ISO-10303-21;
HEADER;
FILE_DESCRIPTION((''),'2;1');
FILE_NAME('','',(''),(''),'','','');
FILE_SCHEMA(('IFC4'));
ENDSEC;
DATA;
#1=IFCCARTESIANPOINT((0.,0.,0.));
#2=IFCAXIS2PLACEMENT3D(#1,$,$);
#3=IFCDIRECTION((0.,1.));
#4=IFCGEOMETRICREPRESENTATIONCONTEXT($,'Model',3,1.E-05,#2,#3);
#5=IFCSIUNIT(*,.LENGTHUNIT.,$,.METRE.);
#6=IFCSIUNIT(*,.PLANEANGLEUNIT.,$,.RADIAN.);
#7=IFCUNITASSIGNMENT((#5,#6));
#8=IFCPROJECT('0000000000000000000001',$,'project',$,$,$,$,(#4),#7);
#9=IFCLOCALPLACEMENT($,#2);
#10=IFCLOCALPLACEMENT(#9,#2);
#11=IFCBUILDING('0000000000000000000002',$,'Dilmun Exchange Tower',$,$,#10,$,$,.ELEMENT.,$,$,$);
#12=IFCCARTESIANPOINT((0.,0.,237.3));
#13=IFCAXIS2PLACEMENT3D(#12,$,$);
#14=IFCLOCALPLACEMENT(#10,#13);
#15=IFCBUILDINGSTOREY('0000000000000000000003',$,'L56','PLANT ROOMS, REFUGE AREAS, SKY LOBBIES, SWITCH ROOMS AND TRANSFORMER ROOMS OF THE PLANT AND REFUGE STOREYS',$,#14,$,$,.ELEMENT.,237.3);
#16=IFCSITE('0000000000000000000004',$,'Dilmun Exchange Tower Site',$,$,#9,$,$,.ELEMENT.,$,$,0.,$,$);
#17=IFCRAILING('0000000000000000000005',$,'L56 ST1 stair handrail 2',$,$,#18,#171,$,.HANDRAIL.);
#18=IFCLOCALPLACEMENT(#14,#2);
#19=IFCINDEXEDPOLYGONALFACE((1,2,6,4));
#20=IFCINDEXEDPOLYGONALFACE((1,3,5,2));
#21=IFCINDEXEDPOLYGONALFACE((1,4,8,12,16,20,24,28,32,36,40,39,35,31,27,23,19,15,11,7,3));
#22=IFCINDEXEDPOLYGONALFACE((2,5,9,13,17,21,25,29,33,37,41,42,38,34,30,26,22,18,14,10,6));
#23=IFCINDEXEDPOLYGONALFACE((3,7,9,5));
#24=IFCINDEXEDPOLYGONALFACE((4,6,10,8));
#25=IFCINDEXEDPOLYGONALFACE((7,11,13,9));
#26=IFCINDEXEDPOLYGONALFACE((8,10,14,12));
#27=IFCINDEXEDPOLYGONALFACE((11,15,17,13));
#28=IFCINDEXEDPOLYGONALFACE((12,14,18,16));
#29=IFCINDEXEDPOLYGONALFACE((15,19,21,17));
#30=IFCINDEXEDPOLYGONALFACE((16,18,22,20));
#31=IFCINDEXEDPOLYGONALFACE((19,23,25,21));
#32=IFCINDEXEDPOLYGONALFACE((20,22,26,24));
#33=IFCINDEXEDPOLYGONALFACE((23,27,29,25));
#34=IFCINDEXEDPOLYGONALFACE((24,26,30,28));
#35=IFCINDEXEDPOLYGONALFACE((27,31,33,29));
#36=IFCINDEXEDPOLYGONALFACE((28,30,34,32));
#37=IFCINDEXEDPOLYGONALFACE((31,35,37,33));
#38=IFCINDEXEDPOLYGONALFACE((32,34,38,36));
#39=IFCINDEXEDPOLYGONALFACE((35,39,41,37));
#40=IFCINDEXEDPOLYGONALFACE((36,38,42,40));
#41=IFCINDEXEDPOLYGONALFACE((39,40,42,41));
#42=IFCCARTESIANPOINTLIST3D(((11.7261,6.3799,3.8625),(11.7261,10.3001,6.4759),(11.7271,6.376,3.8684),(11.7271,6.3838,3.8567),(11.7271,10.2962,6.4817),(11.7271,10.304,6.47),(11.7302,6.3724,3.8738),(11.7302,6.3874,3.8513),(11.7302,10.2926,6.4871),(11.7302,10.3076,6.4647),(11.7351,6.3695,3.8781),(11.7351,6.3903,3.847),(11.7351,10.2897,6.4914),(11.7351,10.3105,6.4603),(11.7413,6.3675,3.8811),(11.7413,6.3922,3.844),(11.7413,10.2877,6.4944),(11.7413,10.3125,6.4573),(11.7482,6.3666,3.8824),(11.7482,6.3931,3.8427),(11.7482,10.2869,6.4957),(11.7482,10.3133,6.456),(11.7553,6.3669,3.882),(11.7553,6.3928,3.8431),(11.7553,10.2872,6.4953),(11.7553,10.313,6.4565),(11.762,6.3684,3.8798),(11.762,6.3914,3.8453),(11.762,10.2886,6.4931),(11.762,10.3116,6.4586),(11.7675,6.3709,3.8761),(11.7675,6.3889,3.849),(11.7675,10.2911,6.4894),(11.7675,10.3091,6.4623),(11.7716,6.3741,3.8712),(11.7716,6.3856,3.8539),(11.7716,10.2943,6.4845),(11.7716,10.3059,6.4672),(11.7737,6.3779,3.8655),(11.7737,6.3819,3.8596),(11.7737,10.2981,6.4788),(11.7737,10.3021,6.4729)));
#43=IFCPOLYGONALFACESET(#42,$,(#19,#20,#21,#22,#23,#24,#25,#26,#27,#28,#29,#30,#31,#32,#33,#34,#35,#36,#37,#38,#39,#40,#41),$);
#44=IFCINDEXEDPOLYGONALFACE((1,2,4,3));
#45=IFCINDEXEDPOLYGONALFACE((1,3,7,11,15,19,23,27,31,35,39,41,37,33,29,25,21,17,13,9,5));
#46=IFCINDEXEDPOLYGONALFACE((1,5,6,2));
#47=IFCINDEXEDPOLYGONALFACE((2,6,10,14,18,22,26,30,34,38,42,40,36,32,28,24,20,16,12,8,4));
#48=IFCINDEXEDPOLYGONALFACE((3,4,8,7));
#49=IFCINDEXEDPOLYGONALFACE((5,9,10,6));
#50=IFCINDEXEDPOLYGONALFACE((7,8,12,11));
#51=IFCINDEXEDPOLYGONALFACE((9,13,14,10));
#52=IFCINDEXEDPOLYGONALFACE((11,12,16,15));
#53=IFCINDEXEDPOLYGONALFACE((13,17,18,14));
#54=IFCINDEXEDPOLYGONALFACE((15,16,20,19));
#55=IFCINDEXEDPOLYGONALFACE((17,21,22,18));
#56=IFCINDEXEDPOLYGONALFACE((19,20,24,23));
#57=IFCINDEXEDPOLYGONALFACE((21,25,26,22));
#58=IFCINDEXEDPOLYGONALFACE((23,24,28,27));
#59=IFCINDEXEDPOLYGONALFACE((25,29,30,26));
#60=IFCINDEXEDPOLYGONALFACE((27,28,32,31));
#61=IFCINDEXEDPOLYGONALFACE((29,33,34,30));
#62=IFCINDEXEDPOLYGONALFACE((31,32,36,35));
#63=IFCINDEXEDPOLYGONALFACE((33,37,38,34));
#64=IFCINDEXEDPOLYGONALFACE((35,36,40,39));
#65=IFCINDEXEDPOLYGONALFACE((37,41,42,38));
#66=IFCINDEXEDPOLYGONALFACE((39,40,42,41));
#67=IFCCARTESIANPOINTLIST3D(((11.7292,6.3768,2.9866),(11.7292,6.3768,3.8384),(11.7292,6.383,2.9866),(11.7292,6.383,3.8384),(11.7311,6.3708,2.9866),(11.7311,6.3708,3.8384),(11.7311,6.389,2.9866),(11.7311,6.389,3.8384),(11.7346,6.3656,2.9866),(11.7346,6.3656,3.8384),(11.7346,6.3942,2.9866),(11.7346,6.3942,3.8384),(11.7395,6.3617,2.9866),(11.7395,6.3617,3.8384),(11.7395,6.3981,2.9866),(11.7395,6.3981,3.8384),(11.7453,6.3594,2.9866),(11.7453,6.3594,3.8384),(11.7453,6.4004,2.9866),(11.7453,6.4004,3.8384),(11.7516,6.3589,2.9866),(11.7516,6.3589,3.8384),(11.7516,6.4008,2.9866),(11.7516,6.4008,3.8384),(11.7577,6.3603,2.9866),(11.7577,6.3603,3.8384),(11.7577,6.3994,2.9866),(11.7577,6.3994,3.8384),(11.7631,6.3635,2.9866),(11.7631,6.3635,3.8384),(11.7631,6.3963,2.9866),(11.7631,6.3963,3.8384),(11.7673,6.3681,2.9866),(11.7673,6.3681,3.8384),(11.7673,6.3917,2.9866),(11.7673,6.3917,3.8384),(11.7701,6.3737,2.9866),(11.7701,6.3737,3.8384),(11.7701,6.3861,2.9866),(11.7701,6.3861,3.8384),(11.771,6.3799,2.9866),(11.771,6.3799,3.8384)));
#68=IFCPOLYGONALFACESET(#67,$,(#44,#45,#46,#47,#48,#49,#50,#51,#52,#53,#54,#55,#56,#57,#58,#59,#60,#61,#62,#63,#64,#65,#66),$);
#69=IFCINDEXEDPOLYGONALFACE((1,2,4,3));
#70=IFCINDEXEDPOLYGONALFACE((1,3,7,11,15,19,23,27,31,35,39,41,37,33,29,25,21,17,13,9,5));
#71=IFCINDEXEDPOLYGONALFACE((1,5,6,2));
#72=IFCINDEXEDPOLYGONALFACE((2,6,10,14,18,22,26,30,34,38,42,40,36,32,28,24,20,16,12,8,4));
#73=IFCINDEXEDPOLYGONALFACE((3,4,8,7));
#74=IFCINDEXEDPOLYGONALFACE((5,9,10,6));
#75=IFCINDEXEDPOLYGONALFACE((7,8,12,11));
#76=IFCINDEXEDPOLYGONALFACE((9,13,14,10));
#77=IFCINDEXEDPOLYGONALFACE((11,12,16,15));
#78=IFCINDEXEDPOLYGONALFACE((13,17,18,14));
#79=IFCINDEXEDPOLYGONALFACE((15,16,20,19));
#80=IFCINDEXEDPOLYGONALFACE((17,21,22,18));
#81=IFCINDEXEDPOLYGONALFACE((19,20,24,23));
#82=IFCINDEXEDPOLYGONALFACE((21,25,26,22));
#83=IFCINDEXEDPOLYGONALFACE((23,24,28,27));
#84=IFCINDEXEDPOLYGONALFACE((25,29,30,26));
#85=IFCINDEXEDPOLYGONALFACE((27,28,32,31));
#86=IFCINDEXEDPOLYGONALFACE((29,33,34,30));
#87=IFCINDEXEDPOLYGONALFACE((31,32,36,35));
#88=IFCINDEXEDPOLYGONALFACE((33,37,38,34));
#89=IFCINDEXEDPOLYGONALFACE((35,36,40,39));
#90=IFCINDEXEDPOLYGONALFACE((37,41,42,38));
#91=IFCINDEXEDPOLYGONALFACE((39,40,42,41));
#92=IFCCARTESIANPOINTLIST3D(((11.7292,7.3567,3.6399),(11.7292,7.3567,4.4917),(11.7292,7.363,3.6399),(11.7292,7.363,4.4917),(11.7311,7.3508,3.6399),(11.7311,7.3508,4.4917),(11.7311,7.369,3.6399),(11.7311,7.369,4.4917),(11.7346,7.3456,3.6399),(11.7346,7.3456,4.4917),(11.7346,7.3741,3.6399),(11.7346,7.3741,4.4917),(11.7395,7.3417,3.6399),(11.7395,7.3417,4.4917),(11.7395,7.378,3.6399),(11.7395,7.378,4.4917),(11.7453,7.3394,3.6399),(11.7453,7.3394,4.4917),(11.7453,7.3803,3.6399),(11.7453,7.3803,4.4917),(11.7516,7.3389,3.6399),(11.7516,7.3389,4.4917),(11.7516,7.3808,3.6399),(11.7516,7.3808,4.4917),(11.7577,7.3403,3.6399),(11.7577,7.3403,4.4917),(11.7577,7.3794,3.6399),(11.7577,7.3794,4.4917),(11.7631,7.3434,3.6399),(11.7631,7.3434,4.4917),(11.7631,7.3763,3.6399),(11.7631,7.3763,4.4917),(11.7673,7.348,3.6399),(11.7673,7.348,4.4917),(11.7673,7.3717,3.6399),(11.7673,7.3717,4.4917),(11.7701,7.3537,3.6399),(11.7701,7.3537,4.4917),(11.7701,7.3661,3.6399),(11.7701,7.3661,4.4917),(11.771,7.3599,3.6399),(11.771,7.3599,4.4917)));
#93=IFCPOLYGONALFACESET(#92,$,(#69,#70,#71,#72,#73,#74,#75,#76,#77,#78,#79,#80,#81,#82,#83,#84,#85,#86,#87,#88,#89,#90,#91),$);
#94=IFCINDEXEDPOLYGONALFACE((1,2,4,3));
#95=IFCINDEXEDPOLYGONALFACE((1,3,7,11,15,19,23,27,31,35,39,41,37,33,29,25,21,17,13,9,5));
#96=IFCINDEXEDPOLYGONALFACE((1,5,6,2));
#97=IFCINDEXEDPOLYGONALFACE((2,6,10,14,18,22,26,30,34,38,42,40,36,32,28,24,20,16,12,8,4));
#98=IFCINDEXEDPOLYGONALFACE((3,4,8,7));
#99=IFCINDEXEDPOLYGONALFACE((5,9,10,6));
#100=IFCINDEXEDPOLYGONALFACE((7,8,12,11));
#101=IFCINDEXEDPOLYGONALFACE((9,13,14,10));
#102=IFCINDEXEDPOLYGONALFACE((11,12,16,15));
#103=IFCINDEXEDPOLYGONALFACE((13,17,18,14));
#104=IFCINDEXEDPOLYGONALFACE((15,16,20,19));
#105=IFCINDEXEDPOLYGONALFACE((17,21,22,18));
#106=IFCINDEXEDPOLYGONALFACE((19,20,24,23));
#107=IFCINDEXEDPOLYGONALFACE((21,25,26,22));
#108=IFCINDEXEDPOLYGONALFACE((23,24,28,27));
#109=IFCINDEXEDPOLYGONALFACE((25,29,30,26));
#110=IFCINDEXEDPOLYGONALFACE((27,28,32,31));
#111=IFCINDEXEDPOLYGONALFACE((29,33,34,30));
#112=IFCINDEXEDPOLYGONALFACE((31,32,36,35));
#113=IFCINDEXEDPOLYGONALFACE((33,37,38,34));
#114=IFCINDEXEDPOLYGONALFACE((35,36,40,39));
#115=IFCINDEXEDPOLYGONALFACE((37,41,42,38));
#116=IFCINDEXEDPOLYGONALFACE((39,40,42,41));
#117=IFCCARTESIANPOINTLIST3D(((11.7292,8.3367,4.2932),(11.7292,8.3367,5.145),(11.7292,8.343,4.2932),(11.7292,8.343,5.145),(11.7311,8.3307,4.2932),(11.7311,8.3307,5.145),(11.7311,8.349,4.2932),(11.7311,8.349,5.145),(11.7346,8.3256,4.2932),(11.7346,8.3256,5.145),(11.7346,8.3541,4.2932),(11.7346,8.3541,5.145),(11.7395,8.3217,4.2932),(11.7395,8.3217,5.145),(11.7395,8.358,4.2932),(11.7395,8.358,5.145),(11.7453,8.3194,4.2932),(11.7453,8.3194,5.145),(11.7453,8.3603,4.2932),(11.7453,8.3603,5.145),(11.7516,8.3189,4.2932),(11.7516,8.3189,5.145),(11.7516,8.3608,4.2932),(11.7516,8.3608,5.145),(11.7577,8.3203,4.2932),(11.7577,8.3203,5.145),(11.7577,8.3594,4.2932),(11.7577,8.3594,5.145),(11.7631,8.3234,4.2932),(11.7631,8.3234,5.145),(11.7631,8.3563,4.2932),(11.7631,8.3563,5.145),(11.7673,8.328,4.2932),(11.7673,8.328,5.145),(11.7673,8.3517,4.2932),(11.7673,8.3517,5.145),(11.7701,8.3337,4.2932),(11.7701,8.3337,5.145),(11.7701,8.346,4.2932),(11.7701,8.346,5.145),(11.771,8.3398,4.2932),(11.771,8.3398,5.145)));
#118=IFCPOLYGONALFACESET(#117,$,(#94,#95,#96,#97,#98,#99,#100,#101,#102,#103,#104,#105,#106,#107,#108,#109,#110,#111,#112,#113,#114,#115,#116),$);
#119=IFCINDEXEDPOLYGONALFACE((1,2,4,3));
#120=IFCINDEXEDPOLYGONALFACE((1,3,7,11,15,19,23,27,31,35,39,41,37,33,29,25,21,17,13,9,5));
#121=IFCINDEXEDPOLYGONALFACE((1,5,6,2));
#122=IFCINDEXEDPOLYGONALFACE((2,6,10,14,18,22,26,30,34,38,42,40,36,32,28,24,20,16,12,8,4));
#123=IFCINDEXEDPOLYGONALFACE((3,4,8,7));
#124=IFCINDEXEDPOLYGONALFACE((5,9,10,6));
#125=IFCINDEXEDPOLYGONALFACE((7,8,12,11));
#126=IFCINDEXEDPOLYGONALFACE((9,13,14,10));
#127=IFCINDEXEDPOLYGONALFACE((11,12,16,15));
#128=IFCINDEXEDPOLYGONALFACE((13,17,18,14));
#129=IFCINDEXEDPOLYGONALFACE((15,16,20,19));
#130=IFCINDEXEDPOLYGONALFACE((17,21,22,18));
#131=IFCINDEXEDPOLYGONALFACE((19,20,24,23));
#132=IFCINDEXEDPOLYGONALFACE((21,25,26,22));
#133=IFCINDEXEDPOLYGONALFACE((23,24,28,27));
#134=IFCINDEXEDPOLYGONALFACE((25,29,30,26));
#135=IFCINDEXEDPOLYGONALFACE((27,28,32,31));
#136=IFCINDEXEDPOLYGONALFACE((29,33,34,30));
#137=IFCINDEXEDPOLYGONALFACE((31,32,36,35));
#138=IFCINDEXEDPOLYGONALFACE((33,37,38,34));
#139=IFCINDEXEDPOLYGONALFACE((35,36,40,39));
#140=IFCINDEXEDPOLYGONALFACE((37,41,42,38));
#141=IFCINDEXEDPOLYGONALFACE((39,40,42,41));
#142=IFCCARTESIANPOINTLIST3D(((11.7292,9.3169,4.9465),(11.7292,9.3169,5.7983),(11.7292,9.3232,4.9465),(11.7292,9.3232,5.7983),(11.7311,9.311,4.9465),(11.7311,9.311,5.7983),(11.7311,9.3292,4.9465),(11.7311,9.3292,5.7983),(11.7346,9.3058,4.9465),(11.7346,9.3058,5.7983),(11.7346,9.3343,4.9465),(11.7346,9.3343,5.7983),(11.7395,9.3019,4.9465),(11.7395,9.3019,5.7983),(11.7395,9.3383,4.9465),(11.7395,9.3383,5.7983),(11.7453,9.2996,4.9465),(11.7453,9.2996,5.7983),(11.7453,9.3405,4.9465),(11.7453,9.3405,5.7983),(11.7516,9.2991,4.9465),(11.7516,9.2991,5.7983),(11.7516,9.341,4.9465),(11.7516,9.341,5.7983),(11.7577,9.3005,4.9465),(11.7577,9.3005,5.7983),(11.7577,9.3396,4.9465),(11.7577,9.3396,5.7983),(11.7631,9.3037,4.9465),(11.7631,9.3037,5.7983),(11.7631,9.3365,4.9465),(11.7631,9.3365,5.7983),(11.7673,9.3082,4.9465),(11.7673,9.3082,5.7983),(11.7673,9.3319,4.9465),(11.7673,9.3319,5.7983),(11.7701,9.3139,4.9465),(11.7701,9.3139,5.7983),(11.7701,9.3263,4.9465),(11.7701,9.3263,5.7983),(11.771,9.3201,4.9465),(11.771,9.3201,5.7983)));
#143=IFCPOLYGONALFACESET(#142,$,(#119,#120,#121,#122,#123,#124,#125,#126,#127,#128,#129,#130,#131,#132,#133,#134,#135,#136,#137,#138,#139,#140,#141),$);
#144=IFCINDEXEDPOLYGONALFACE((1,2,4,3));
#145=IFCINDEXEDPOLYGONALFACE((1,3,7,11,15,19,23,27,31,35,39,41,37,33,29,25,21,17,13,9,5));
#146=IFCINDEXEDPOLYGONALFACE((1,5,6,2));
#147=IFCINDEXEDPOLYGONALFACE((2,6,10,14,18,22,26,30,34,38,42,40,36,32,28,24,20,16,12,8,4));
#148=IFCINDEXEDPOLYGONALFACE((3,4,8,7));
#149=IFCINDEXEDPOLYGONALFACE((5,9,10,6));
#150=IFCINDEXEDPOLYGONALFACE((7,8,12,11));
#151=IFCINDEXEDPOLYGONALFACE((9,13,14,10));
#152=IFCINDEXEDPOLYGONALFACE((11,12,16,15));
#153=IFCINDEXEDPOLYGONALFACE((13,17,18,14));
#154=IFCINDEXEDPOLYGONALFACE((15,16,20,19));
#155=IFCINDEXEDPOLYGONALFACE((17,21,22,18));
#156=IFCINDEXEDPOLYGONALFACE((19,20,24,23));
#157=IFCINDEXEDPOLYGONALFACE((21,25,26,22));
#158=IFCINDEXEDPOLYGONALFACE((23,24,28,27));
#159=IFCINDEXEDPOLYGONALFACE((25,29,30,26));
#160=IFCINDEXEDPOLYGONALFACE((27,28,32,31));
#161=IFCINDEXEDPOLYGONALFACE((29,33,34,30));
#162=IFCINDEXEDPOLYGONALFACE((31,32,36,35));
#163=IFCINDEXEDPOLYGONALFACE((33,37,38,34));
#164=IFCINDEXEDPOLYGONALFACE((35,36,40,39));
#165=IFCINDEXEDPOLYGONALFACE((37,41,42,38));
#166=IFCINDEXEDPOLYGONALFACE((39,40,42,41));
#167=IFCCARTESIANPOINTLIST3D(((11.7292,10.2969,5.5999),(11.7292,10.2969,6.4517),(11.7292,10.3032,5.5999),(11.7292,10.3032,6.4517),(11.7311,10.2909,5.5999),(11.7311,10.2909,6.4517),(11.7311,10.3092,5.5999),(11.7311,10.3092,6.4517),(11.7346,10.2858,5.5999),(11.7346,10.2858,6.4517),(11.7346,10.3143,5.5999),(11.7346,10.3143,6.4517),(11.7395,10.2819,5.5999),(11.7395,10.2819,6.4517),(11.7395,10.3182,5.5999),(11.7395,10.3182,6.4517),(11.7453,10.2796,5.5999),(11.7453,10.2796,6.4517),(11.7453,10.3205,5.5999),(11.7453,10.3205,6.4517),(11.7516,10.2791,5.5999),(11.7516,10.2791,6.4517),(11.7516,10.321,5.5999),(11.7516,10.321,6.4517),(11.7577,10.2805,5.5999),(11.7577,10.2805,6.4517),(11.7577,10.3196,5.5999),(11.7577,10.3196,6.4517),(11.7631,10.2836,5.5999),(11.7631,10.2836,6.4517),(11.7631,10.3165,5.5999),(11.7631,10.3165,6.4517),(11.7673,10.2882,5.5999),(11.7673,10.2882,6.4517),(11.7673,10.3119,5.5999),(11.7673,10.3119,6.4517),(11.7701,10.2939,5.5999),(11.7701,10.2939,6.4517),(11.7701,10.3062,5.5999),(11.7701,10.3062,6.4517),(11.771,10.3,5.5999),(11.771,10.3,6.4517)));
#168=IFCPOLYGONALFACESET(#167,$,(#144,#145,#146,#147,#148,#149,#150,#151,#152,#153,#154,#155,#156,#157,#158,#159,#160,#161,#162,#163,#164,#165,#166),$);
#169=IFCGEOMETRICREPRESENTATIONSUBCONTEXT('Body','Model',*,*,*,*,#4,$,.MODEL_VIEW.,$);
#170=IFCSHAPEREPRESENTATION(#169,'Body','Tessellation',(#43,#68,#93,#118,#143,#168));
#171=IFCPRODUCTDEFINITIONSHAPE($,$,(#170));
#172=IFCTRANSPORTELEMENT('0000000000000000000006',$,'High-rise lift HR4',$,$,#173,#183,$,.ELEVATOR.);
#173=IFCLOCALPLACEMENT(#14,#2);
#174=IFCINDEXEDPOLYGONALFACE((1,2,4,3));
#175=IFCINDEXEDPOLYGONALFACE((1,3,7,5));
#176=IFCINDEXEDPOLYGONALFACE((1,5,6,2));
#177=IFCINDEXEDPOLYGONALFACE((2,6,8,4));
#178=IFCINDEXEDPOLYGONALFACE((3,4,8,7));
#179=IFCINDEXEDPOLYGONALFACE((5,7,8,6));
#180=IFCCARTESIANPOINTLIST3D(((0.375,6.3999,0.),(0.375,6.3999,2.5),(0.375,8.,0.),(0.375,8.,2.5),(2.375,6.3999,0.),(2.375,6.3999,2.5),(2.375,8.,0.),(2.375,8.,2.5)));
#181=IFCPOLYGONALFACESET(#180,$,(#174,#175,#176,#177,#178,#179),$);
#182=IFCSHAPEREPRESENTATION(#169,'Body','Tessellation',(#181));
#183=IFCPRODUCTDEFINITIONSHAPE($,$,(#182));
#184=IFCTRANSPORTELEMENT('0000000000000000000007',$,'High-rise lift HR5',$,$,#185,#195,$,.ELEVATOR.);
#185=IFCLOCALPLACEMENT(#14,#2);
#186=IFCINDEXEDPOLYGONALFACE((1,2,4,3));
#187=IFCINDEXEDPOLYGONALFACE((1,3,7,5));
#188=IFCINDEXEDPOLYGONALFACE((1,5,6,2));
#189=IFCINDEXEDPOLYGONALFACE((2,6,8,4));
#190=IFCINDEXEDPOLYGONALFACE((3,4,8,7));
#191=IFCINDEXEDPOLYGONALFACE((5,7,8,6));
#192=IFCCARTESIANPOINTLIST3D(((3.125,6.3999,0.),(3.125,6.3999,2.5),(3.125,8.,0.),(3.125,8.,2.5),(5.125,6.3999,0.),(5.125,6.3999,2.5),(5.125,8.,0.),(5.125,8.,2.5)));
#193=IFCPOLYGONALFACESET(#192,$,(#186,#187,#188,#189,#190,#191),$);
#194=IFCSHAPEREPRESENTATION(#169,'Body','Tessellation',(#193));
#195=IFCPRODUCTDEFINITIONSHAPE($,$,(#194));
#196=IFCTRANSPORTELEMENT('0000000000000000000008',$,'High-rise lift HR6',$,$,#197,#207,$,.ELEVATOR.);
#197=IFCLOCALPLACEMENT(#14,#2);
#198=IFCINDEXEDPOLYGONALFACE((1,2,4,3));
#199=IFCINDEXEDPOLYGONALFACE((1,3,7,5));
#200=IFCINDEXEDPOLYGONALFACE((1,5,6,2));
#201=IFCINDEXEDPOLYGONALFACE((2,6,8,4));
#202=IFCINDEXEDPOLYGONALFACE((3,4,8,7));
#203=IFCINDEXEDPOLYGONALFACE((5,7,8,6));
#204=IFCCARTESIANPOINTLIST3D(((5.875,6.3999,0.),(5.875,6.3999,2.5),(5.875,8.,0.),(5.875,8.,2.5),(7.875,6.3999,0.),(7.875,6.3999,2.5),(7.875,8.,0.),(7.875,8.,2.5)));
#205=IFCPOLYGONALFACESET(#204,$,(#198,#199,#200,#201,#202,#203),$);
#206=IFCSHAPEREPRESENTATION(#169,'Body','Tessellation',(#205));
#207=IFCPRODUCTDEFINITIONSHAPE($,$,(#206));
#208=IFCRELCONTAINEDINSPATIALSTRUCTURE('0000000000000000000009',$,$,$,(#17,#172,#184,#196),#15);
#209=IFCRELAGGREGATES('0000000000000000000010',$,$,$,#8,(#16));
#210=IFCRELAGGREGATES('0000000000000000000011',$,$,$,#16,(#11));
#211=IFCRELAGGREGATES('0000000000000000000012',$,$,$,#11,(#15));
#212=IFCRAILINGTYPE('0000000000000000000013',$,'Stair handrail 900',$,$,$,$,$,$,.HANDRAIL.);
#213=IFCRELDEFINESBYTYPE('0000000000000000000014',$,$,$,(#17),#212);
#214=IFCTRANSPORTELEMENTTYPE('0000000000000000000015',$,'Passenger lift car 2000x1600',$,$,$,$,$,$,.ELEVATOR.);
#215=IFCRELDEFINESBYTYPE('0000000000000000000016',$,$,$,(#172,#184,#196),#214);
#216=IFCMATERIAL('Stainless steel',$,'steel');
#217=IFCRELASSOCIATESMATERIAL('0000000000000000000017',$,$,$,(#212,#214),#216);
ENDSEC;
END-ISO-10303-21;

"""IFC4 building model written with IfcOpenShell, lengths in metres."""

from ifc_helpers import new_model, si_unit, direction, frame, origin, origin_2d, place, context, subcontext, project, spatial, rectangle, circle, extrude, material, type_object, element, save


model = new_model("IFC4")

# Units and contexts
model_context = context("Model", 3, precision=1e-05, world=origin(), true_north=direction((0.0, 1.0)))
body_context = subcontext(model_context, "Body", "Model", "MODEL_VIEW")
ifc_project = project(units=[si_unit("LENGTHUNIT", "METRE"), si_unit("PLANEANGLEUNIT", "RADIAN")], contexts=[model_context])

# Site, building, storey
site_placement = place(None, origin())
site = spatial("IfcSite", under=ifc_project, at=site_placement, Name="Dilmun Exchange Tower Site", CompositionType="ELEMENT", RefElevation=0.0)
building_placement = place(site_placement, origin())
building = spatial("IfcBuilding", under=site, at=building_placement, Name="Dilmun Exchange Tower", CompositionType="ELEMENT")
storey_placement = place(building_placement, frame((0.0, 0.0, 237.3)))
storey = spatial("IfcBuildingStorey", under=building, at=storey_placement, Name="L56", Description="PLANT ROOMS, REFUGE AREAS, SKY LOBBIES, SWITCH ROOMS AND TRANSFORMER ROOMS OF THE PLANT AND REFUGE STOREYS", CompositionType="ELEMENT", Elevation=237.3)

# Railing
ifc_material_1 = material(Name="Stainless steel", Category="steel")
railing_type = type_object("IfcRailingType", Name="Stair handrail 900", PredefinedType="HANDRAIL", material=ifc_material_1)
railing_1_placement = place(storey_placement, frame((11.75, 6.3799, 2.9866)))
element("IfcRailing", 1, at=railing_1_placement, inside=storey, type_object=railing_type, Name="L56 ST1 stair handrail 2", PredefinedType="HANDRAIL", context=body_context, shape_type="SweptSolid", body=[
    extrude(circle(Radius=0.0239, at=origin_2d()), frame((0.0, 0.0, 0.876), z_axis=(0.0, 0.832066, 0.554676), x_axis=(-1.0, 0.0, 0.0)), (0.0, 0.0, 1.0), 4.7114),
    extrude(circle(Radius=0.021, at=origin_2d()), origin(), (0.0, 0.0, 1.0), 0.8518),
    extrude(circle(Radius=0.021, at=origin_2d()), frame((0.0, 0.98, 0.6533)), (0.0, 0.0, 1.0), 0.8518),
    extrude(circle(Radius=0.021, at=origin_2d()), frame((0.0, 1.96, 1.3066)), (0.0, 0.0, 1.0), 0.8518),
    extrude(circle(Radius=0.021, at=origin_2d()), frame((0.0, 2.9402, 1.96)), (0.0, 0.0, 1.0), 0.8518),
    extrude(circle(Radius=0.021, at=origin_2d()), frame((0.0, 3.9202, 2.6133)), (0.0, 0.0, 1.0), 0.8518),
])

# Transport elements
transport_element_type = type_object("IfcTransportElementType", Name="Passenger lift car 2000x1600", PredefinedType="ELEVATOR", material=ifc_material_1)
for number, where, z_axis, x_axis, name in (
    (2, (1.375, 7.2, 0.0), (0.0, 0.0, 1.0), (1.0, 0.0, 0.0), "High-rise lift HR4"),
    (3, (4.125, 7.2, 0.0), (0.0, 0.0, 1.0), (1.0, 0.0, 0.0), "High-rise lift HR5"),
    (4, (6.875, 7.2, 0.0), (0.0, 0.0, 1.0), (1.0, 0.0, 0.0), "High-rise lift HR6"),
):
    element("IfcTransportElement", number, at=place(storey_placement, frame(where, z_axis=z_axis, x_axis=x_axis)), inside=storey, type_object=transport_element_type, Name=name, PredefinedType="ELEVATOR", context=body_context, shape_type="SweptSolid", body=[
        extrude(rectangle(XDim=2.0, YDim=1.6001, at=origin_2d()), origin(), (0.0, 0.0, 1.0), 2.5),
    ])

save(model, "model.ifc")
